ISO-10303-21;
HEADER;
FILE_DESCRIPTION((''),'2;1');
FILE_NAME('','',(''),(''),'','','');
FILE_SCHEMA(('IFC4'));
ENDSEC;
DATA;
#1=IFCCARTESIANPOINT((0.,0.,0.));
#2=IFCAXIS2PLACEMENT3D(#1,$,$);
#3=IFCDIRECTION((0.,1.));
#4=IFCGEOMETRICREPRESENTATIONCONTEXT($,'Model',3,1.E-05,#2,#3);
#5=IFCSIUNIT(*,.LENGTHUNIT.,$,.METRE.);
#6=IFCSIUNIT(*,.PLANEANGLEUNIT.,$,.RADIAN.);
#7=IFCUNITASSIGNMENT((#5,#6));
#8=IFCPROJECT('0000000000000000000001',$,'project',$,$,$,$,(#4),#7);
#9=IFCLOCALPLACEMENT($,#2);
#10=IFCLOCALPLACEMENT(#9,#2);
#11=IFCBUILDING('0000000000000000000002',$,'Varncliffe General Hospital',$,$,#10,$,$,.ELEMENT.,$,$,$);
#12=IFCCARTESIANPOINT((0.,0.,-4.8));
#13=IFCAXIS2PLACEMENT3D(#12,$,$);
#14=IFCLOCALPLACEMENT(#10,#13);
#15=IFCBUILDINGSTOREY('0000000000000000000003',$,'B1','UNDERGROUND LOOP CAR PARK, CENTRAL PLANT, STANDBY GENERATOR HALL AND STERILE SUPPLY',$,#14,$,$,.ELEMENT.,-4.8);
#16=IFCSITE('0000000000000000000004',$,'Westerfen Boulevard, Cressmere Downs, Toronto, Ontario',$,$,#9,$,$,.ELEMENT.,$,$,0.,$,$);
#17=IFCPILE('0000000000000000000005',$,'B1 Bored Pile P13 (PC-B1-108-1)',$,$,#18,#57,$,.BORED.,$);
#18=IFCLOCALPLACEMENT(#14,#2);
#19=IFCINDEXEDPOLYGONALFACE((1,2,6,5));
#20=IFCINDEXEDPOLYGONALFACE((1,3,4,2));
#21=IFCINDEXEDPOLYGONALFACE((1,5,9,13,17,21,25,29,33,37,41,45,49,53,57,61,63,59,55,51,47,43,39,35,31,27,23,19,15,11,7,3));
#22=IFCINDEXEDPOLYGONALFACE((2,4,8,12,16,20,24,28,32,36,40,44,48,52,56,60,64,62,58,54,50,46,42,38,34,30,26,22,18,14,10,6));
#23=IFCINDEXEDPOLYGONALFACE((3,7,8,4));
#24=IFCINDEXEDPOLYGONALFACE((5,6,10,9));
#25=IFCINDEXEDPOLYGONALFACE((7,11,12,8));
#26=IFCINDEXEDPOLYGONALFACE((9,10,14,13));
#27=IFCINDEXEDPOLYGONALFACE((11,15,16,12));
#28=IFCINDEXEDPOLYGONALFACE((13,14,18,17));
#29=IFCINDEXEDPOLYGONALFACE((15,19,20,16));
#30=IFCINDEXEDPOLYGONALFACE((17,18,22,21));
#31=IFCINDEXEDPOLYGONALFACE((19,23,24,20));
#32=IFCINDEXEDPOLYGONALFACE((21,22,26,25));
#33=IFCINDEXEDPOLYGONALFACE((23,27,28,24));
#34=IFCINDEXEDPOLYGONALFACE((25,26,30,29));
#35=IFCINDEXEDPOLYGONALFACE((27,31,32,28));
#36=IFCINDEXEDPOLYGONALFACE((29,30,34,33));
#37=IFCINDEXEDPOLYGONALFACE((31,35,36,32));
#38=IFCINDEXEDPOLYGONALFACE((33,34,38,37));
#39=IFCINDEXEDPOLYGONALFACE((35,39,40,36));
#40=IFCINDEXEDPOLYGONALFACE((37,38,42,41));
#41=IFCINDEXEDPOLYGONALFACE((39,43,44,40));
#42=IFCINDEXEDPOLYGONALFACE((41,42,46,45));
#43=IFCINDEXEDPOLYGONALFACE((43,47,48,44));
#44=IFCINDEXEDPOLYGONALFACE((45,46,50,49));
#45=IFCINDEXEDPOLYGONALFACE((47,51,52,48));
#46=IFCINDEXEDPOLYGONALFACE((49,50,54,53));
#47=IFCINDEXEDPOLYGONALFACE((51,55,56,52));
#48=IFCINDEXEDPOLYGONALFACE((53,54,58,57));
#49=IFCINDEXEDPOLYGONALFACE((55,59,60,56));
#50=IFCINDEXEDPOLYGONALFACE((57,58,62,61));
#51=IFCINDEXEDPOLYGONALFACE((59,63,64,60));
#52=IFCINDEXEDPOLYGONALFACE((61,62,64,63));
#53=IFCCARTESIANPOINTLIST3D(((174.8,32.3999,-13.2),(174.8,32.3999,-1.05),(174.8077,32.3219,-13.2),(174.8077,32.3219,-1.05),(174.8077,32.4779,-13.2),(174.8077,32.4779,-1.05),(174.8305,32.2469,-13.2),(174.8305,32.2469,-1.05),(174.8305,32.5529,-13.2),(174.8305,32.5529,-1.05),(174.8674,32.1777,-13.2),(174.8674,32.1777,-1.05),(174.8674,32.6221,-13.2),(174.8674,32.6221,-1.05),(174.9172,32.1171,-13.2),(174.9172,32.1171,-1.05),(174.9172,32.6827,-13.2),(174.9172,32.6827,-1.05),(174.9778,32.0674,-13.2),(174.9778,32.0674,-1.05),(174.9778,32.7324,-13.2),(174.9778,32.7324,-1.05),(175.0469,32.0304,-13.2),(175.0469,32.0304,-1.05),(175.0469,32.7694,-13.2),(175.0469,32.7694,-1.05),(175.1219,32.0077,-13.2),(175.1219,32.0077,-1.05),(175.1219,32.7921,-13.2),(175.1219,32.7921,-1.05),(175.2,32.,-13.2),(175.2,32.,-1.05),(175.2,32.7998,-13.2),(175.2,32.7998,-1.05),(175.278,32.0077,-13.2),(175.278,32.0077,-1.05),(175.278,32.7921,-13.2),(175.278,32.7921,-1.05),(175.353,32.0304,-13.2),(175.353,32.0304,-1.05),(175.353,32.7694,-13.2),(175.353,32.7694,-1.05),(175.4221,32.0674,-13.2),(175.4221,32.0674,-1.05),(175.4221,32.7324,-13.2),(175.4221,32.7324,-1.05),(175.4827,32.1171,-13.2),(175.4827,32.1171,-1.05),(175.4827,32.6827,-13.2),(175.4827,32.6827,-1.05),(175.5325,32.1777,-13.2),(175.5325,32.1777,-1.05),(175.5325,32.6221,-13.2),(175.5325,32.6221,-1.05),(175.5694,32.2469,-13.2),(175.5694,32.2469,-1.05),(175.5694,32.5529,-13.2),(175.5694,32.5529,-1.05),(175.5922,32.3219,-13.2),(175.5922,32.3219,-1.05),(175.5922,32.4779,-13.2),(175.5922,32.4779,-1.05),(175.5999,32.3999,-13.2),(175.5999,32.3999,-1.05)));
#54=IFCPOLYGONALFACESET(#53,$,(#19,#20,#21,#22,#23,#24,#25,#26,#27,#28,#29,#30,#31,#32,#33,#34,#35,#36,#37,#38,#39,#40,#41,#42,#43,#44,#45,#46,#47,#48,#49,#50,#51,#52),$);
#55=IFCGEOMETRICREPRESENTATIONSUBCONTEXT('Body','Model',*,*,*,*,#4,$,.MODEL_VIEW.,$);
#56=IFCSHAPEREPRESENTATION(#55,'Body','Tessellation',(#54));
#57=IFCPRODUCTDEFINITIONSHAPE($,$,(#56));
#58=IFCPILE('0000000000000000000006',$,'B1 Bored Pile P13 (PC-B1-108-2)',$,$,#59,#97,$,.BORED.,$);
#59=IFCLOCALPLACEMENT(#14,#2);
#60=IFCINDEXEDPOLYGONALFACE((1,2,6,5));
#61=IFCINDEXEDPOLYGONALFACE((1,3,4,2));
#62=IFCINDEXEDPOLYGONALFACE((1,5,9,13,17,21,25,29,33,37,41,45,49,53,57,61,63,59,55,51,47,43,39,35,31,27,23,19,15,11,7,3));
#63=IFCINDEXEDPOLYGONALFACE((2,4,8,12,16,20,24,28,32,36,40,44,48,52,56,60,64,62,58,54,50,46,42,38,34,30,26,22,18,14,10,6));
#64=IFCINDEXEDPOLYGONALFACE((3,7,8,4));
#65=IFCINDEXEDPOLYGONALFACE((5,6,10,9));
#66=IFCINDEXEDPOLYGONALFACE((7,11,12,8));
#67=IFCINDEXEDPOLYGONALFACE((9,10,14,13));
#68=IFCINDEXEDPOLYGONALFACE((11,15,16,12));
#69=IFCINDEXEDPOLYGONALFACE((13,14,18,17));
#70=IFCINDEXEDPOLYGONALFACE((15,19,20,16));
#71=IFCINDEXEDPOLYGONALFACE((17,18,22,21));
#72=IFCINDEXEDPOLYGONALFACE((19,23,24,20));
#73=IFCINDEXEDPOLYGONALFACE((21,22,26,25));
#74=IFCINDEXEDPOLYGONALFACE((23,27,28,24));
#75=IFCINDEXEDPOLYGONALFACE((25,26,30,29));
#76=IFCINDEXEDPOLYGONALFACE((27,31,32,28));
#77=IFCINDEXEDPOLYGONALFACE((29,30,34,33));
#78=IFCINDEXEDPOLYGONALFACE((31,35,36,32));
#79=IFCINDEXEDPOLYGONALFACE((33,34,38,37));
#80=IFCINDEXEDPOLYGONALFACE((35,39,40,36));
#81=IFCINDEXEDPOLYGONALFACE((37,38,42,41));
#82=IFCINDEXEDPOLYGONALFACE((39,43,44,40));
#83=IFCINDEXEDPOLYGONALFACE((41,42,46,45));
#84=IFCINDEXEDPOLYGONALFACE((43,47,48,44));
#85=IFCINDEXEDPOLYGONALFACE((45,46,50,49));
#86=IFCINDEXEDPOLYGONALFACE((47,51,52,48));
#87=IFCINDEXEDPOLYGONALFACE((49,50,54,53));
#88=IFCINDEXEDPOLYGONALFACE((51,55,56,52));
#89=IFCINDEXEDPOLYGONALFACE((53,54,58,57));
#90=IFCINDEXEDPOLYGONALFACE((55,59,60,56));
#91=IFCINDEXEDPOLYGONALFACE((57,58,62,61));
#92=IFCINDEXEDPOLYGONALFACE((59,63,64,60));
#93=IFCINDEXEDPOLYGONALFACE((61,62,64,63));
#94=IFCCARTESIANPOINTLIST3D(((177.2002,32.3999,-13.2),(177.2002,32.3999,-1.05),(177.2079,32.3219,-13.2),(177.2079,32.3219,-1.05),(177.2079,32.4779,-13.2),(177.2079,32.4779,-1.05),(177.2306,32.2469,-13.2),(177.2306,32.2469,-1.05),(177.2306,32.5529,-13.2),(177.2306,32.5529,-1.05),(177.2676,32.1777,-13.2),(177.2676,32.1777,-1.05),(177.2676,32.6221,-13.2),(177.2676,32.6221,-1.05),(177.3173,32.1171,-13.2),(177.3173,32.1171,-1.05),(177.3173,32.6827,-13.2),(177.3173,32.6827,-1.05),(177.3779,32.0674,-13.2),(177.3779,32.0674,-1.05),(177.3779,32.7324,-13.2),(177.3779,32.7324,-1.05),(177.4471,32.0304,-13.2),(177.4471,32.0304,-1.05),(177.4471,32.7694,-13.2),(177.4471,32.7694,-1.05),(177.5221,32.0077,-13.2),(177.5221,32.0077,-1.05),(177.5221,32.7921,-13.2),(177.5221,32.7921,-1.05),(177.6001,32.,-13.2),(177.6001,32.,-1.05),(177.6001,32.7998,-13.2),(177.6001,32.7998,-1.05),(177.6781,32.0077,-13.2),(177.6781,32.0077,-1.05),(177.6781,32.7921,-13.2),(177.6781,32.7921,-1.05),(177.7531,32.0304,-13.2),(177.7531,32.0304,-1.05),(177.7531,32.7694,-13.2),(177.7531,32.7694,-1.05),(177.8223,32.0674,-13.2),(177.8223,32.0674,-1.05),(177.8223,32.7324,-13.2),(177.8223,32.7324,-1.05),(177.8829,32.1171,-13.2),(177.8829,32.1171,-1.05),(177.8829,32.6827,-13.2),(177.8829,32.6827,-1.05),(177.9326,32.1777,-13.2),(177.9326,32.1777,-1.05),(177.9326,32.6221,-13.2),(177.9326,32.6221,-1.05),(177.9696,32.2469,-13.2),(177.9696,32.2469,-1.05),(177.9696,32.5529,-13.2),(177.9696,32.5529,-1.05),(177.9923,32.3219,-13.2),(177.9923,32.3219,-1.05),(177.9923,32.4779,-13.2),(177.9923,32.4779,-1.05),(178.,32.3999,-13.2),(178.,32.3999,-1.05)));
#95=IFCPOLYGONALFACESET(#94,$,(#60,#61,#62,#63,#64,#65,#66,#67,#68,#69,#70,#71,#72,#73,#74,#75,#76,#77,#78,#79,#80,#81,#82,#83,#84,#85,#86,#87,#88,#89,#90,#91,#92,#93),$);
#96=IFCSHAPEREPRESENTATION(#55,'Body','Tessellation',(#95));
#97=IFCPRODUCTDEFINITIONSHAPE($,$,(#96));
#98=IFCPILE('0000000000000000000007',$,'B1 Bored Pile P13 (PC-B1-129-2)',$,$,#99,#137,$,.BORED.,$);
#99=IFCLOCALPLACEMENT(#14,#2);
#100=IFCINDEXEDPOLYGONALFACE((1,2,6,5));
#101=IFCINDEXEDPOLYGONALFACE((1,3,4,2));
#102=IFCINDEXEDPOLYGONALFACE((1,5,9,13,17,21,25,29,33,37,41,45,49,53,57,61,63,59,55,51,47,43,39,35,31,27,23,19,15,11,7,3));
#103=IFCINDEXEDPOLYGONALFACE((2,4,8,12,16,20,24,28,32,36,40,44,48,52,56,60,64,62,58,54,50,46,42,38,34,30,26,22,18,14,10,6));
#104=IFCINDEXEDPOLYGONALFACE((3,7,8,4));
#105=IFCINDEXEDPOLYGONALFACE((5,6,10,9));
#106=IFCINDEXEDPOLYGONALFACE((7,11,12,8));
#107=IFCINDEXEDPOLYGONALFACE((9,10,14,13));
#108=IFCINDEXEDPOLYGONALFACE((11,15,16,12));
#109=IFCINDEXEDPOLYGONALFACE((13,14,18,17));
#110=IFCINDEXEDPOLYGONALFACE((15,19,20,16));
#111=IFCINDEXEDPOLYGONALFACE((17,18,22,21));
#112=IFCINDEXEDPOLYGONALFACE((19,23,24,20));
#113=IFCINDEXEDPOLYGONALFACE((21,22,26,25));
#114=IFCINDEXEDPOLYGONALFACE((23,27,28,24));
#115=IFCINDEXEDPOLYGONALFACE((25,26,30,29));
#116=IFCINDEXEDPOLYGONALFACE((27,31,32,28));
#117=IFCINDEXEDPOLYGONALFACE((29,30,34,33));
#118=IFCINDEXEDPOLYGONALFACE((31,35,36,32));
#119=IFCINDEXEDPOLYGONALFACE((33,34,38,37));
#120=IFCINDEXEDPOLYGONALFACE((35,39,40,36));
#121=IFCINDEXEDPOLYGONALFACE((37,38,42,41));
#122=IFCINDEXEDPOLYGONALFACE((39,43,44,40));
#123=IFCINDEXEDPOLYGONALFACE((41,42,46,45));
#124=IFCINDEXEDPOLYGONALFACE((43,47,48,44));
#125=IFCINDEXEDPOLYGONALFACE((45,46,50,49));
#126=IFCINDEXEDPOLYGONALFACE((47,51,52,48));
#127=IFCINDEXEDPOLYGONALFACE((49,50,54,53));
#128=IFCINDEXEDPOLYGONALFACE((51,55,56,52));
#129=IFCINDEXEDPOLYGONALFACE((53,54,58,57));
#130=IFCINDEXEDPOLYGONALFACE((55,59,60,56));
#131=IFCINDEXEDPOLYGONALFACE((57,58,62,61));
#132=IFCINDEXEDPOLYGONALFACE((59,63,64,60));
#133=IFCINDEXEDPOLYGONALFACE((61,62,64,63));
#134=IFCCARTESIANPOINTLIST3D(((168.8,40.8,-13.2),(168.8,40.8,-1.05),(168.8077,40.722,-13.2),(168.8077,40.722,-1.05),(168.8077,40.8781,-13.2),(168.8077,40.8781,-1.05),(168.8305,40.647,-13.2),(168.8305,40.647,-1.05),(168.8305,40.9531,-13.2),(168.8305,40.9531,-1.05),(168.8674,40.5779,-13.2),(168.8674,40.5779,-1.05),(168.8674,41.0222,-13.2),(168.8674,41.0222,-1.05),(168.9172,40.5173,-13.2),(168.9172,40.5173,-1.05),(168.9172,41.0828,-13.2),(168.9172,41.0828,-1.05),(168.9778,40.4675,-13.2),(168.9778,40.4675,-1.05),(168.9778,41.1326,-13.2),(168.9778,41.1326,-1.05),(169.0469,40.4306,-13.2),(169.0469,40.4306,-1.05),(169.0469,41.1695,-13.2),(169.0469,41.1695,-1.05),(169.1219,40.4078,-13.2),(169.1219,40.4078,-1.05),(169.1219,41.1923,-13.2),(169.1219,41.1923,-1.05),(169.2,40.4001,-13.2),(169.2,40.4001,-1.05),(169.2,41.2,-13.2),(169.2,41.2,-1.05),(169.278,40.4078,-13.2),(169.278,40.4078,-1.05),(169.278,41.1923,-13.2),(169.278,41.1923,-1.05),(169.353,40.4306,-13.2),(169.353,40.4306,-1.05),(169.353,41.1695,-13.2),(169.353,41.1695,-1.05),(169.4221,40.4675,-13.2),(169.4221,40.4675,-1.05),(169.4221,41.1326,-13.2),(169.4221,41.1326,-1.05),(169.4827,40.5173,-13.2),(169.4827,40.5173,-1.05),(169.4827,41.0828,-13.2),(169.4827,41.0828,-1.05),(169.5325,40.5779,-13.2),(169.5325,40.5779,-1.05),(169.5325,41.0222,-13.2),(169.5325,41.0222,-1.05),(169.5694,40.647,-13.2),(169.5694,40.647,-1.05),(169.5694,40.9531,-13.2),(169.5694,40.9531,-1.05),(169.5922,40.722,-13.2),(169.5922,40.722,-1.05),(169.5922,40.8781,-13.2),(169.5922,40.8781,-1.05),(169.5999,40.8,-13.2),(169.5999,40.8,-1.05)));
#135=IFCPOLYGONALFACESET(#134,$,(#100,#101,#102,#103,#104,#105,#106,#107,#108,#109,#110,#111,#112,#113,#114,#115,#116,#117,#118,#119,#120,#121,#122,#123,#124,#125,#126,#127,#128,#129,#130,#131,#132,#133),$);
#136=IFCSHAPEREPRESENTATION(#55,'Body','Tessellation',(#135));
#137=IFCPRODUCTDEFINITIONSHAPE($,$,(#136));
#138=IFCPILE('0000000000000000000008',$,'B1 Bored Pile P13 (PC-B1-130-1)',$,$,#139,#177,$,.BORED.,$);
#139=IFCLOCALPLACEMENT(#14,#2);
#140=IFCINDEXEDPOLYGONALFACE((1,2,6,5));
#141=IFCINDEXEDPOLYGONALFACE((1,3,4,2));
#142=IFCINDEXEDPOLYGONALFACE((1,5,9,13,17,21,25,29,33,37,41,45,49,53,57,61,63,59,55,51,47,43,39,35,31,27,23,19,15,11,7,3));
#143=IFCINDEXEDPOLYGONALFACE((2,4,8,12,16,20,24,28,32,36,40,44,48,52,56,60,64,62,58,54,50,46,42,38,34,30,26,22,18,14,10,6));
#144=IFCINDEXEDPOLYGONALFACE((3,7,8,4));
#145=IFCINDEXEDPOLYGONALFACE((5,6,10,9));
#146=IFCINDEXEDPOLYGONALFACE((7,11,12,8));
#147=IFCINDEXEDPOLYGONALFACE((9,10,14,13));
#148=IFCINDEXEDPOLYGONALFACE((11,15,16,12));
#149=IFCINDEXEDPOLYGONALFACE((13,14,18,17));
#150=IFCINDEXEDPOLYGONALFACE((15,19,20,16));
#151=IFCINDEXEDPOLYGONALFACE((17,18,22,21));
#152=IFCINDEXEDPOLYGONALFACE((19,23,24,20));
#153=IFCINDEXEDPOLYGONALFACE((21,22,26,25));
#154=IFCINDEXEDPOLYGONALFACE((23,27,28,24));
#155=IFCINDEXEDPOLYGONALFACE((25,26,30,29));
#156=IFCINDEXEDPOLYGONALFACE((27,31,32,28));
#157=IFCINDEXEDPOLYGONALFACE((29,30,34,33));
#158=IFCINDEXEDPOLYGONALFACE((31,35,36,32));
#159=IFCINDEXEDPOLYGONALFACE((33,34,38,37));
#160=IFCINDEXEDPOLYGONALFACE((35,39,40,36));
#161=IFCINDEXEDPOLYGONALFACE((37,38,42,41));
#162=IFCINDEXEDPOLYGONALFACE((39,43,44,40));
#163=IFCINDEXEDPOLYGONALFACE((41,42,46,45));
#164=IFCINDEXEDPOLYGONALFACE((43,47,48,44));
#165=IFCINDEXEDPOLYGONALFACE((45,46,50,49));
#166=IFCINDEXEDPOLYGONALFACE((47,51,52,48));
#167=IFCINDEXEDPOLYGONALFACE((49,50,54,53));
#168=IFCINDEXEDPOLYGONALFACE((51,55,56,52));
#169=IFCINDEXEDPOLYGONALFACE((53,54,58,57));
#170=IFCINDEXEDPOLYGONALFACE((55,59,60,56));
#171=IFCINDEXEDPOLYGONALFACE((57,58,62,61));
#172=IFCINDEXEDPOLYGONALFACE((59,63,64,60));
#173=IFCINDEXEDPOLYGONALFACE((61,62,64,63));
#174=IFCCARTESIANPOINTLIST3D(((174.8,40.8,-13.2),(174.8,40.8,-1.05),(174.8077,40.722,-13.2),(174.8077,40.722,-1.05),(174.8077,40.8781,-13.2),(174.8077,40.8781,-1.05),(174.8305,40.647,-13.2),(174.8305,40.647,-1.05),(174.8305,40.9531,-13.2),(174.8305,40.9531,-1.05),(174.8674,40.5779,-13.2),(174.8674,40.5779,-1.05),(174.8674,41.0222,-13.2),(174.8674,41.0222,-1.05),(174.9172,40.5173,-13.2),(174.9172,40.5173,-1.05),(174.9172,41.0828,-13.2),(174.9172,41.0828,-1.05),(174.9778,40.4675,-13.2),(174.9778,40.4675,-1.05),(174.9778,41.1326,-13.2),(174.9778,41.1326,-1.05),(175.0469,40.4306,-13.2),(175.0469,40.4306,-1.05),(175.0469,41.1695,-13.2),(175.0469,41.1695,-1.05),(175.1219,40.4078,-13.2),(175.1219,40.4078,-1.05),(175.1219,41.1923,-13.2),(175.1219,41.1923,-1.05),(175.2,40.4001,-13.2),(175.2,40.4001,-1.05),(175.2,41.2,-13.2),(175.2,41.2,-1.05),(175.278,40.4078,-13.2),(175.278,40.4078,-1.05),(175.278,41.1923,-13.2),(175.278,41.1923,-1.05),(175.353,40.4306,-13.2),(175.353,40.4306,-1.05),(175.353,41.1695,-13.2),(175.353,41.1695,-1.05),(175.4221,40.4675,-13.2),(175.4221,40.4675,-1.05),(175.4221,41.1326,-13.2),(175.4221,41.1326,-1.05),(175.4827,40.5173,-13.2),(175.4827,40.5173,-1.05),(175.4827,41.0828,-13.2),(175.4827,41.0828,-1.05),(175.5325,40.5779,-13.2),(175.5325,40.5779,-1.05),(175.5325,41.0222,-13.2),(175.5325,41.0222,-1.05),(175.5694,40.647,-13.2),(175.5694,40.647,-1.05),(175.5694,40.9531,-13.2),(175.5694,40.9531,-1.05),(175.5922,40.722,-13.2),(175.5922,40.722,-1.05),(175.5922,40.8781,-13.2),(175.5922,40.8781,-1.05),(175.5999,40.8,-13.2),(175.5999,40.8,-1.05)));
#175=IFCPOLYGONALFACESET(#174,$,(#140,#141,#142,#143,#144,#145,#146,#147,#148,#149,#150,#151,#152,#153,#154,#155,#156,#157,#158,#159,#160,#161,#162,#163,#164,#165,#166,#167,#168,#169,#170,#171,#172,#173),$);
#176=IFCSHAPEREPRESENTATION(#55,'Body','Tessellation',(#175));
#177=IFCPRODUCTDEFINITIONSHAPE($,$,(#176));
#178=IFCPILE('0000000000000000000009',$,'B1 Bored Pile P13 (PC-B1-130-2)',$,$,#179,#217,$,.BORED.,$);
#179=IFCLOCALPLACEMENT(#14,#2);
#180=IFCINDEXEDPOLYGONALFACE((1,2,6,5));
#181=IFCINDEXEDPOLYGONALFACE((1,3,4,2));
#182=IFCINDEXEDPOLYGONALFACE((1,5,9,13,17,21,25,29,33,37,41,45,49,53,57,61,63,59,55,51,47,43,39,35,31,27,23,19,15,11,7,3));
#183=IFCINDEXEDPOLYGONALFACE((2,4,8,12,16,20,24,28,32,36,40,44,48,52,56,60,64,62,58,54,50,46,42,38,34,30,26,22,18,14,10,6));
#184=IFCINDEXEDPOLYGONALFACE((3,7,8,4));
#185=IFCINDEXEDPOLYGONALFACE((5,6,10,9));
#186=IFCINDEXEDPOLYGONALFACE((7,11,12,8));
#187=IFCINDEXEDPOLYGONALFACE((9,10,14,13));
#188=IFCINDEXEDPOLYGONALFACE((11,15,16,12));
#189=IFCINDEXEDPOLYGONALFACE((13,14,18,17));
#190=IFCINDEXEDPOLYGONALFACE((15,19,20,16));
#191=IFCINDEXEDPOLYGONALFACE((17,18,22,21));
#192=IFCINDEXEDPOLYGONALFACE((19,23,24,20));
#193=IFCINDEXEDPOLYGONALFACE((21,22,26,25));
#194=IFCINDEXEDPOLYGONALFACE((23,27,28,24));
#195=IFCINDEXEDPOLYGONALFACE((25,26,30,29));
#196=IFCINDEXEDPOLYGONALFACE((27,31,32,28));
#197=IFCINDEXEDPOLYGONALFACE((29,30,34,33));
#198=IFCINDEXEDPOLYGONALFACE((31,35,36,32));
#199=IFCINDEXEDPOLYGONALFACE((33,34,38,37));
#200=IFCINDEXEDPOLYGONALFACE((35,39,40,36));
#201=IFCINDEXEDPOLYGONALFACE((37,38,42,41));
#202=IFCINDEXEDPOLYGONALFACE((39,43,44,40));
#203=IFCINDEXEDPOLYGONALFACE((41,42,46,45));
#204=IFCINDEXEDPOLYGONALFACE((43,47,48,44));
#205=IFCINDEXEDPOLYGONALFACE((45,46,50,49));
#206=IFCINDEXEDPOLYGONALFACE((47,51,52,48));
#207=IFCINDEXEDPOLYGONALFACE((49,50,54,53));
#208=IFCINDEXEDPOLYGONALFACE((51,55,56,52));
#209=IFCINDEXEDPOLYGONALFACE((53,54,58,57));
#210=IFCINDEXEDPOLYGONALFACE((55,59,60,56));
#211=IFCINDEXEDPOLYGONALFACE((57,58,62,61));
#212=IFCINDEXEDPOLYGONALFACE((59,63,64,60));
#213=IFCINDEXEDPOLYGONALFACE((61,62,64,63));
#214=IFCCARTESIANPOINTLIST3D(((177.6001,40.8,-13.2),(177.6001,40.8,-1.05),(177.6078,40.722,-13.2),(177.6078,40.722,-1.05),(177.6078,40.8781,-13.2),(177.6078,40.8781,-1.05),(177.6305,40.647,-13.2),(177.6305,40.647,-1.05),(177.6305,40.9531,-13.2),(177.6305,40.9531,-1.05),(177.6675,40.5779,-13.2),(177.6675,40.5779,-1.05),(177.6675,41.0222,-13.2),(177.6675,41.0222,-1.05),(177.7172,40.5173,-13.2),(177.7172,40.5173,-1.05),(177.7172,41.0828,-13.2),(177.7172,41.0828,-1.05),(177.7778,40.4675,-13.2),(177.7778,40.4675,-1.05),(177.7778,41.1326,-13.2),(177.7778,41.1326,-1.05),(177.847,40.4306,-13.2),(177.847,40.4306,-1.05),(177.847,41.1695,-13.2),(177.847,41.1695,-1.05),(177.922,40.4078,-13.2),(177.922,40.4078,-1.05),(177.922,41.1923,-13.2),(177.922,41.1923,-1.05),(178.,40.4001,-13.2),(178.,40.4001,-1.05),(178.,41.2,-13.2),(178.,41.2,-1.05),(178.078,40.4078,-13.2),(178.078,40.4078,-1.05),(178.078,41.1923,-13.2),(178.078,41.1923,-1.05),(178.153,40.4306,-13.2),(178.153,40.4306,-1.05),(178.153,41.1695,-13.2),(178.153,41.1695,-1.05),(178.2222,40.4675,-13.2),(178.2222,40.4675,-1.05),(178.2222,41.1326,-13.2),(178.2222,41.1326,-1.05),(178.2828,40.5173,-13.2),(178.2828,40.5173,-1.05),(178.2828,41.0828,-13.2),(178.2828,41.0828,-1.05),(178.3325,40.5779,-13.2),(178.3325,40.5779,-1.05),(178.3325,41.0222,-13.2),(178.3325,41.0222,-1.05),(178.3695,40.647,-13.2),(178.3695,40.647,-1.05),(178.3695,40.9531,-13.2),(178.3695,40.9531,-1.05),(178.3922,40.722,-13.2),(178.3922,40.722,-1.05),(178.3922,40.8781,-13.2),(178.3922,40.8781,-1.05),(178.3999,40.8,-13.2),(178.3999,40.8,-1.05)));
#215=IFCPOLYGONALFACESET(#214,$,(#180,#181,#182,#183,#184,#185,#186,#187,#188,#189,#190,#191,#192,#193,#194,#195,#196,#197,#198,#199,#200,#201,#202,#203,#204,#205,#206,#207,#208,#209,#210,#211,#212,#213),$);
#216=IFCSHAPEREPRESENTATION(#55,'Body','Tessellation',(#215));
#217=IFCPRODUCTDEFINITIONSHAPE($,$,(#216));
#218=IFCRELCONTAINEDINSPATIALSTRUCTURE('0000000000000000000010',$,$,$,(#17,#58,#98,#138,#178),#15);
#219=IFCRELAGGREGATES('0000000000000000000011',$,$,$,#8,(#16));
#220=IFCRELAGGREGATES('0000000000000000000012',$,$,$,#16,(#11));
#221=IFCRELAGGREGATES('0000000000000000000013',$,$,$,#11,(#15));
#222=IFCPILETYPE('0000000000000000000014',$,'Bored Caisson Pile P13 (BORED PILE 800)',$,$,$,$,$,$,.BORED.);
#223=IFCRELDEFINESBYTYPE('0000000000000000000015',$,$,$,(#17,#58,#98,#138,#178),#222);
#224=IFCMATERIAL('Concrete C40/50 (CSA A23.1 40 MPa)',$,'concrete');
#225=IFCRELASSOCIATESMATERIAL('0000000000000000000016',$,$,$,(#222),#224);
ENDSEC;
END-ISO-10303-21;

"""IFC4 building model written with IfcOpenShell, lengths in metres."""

from ifc_helpers import new_model, si_unit, direction, frame, origin, origin_2d, place, context, subcontext, project, spatial, circle, extrude, material, material_profile, profile_set, type_object, element, save


model = new_model("IFC4")

# Units and contexts
model_context = context("Model", 3, precision=1e-05, world=origin(), true_north=direction((0.0, 1.0)))
body_context = subcontext(model_context, "Body", "Model", "MODEL_VIEW")
ifc_project = project(units=[si_unit("LENGTHUNIT", "METRE"), si_unit("PLANEANGLEUNIT", "RADIAN")], contexts=[model_context])

# Site, building, storey
site_placement = place(None, origin())
site = spatial("IfcSite", under=ifc_project, at=site_placement, Name="Westerfen Boulevard, Cressmere Downs, Toronto, Ontario", CompositionType="ELEMENT", RefElevation=0.0)
building_placement = place(site_placement, origin())
building = spatial("IfcBuilding", under=site, at=building_placement, Name="Varncliffe General Hospital", CompositionType="ELEMENT")
storey_placement = place(building_placement, frame((0.0, 0.0, -4.8)))
storey = spatial("IfcBuildingStorey", under=building, at=storey_placement, Name="B1", Description="UNDERGROUND LOOP CAR PARK, CENTRAL PLANT, STANDBY GENERATOR HALL AND STERILE SUPPLY", CompositionType="ELEMENT", Elevation=-4.8)

# Piles
ifc_material_1 = material(Name="Concrete C40/50 (CSA A23.1 40 MPa)", Category="concrete")
ifc_material_profile_1 = material_profile(ifc_material_1, circle(Radius=0.3999, at=origin_2d()), Name="BORED PILE 800")
ifc_profile_set_1 = profile_set([ifc_material_profile_1], Name="Concrete C40/50 (CSA A23.1 40 MPa)")
pile_type = type_object("IfcPileType", Name="Bored Caisson Pile P13 (BORED PILE 800)", PredefinedType="BORED", material=ifc_profile_set_1)
for number, where, z_axis, x_axis, name in (
    (1, (175.2, 32.3999, -1.05), (0.0, 0.0, -1.0), (1.0, 0.0, 0.0), "B1 Bored Pile P13 (PC-B1-108-1)"),
    (2, (177.6001, 32.3999, -1.05), (0.0, 0.0, -1.0), (1.0, 0.0, 0.0), "B1 Bored Pile P13 (PC-B1-108-2)"),
    (3, (169.2, 40.8, -1.05), (0.0, 0.0, -1.0), (1.0, 0.0, 0.0), "B1 Bored Pile P13 (PC-B1-129-2)"),
    (4, (175.2, 40.8, -1.05), (0.0, 0.0, -1.0), (1.0, 0.0, 0.0), "B1 Bored Pile P13 (PC-B1-130-1)"),
    (5, (178.0, 40.8, -1.05), (0.0, 0.0, -1.0), (1.0, 0.0, 0.0), "B1 Bored Pile P13 (PC-B1-130-2)"),
):
    element("IfcPile", number, at=place(storey_placement, frame(where, z_axis=z_axis, x_axis=x_axis)), inside=storey, type_object=pile_type, Name=name, PredefinedType="BORED", context=body_context, shape_type="SweptSolid", body=[
        extrude(circle(Radius=0.3999, at=origin_2d()), origin(), (0.0, 0.0, 1.0), 12.1499),
    ])

save(model, "model.ifc")
